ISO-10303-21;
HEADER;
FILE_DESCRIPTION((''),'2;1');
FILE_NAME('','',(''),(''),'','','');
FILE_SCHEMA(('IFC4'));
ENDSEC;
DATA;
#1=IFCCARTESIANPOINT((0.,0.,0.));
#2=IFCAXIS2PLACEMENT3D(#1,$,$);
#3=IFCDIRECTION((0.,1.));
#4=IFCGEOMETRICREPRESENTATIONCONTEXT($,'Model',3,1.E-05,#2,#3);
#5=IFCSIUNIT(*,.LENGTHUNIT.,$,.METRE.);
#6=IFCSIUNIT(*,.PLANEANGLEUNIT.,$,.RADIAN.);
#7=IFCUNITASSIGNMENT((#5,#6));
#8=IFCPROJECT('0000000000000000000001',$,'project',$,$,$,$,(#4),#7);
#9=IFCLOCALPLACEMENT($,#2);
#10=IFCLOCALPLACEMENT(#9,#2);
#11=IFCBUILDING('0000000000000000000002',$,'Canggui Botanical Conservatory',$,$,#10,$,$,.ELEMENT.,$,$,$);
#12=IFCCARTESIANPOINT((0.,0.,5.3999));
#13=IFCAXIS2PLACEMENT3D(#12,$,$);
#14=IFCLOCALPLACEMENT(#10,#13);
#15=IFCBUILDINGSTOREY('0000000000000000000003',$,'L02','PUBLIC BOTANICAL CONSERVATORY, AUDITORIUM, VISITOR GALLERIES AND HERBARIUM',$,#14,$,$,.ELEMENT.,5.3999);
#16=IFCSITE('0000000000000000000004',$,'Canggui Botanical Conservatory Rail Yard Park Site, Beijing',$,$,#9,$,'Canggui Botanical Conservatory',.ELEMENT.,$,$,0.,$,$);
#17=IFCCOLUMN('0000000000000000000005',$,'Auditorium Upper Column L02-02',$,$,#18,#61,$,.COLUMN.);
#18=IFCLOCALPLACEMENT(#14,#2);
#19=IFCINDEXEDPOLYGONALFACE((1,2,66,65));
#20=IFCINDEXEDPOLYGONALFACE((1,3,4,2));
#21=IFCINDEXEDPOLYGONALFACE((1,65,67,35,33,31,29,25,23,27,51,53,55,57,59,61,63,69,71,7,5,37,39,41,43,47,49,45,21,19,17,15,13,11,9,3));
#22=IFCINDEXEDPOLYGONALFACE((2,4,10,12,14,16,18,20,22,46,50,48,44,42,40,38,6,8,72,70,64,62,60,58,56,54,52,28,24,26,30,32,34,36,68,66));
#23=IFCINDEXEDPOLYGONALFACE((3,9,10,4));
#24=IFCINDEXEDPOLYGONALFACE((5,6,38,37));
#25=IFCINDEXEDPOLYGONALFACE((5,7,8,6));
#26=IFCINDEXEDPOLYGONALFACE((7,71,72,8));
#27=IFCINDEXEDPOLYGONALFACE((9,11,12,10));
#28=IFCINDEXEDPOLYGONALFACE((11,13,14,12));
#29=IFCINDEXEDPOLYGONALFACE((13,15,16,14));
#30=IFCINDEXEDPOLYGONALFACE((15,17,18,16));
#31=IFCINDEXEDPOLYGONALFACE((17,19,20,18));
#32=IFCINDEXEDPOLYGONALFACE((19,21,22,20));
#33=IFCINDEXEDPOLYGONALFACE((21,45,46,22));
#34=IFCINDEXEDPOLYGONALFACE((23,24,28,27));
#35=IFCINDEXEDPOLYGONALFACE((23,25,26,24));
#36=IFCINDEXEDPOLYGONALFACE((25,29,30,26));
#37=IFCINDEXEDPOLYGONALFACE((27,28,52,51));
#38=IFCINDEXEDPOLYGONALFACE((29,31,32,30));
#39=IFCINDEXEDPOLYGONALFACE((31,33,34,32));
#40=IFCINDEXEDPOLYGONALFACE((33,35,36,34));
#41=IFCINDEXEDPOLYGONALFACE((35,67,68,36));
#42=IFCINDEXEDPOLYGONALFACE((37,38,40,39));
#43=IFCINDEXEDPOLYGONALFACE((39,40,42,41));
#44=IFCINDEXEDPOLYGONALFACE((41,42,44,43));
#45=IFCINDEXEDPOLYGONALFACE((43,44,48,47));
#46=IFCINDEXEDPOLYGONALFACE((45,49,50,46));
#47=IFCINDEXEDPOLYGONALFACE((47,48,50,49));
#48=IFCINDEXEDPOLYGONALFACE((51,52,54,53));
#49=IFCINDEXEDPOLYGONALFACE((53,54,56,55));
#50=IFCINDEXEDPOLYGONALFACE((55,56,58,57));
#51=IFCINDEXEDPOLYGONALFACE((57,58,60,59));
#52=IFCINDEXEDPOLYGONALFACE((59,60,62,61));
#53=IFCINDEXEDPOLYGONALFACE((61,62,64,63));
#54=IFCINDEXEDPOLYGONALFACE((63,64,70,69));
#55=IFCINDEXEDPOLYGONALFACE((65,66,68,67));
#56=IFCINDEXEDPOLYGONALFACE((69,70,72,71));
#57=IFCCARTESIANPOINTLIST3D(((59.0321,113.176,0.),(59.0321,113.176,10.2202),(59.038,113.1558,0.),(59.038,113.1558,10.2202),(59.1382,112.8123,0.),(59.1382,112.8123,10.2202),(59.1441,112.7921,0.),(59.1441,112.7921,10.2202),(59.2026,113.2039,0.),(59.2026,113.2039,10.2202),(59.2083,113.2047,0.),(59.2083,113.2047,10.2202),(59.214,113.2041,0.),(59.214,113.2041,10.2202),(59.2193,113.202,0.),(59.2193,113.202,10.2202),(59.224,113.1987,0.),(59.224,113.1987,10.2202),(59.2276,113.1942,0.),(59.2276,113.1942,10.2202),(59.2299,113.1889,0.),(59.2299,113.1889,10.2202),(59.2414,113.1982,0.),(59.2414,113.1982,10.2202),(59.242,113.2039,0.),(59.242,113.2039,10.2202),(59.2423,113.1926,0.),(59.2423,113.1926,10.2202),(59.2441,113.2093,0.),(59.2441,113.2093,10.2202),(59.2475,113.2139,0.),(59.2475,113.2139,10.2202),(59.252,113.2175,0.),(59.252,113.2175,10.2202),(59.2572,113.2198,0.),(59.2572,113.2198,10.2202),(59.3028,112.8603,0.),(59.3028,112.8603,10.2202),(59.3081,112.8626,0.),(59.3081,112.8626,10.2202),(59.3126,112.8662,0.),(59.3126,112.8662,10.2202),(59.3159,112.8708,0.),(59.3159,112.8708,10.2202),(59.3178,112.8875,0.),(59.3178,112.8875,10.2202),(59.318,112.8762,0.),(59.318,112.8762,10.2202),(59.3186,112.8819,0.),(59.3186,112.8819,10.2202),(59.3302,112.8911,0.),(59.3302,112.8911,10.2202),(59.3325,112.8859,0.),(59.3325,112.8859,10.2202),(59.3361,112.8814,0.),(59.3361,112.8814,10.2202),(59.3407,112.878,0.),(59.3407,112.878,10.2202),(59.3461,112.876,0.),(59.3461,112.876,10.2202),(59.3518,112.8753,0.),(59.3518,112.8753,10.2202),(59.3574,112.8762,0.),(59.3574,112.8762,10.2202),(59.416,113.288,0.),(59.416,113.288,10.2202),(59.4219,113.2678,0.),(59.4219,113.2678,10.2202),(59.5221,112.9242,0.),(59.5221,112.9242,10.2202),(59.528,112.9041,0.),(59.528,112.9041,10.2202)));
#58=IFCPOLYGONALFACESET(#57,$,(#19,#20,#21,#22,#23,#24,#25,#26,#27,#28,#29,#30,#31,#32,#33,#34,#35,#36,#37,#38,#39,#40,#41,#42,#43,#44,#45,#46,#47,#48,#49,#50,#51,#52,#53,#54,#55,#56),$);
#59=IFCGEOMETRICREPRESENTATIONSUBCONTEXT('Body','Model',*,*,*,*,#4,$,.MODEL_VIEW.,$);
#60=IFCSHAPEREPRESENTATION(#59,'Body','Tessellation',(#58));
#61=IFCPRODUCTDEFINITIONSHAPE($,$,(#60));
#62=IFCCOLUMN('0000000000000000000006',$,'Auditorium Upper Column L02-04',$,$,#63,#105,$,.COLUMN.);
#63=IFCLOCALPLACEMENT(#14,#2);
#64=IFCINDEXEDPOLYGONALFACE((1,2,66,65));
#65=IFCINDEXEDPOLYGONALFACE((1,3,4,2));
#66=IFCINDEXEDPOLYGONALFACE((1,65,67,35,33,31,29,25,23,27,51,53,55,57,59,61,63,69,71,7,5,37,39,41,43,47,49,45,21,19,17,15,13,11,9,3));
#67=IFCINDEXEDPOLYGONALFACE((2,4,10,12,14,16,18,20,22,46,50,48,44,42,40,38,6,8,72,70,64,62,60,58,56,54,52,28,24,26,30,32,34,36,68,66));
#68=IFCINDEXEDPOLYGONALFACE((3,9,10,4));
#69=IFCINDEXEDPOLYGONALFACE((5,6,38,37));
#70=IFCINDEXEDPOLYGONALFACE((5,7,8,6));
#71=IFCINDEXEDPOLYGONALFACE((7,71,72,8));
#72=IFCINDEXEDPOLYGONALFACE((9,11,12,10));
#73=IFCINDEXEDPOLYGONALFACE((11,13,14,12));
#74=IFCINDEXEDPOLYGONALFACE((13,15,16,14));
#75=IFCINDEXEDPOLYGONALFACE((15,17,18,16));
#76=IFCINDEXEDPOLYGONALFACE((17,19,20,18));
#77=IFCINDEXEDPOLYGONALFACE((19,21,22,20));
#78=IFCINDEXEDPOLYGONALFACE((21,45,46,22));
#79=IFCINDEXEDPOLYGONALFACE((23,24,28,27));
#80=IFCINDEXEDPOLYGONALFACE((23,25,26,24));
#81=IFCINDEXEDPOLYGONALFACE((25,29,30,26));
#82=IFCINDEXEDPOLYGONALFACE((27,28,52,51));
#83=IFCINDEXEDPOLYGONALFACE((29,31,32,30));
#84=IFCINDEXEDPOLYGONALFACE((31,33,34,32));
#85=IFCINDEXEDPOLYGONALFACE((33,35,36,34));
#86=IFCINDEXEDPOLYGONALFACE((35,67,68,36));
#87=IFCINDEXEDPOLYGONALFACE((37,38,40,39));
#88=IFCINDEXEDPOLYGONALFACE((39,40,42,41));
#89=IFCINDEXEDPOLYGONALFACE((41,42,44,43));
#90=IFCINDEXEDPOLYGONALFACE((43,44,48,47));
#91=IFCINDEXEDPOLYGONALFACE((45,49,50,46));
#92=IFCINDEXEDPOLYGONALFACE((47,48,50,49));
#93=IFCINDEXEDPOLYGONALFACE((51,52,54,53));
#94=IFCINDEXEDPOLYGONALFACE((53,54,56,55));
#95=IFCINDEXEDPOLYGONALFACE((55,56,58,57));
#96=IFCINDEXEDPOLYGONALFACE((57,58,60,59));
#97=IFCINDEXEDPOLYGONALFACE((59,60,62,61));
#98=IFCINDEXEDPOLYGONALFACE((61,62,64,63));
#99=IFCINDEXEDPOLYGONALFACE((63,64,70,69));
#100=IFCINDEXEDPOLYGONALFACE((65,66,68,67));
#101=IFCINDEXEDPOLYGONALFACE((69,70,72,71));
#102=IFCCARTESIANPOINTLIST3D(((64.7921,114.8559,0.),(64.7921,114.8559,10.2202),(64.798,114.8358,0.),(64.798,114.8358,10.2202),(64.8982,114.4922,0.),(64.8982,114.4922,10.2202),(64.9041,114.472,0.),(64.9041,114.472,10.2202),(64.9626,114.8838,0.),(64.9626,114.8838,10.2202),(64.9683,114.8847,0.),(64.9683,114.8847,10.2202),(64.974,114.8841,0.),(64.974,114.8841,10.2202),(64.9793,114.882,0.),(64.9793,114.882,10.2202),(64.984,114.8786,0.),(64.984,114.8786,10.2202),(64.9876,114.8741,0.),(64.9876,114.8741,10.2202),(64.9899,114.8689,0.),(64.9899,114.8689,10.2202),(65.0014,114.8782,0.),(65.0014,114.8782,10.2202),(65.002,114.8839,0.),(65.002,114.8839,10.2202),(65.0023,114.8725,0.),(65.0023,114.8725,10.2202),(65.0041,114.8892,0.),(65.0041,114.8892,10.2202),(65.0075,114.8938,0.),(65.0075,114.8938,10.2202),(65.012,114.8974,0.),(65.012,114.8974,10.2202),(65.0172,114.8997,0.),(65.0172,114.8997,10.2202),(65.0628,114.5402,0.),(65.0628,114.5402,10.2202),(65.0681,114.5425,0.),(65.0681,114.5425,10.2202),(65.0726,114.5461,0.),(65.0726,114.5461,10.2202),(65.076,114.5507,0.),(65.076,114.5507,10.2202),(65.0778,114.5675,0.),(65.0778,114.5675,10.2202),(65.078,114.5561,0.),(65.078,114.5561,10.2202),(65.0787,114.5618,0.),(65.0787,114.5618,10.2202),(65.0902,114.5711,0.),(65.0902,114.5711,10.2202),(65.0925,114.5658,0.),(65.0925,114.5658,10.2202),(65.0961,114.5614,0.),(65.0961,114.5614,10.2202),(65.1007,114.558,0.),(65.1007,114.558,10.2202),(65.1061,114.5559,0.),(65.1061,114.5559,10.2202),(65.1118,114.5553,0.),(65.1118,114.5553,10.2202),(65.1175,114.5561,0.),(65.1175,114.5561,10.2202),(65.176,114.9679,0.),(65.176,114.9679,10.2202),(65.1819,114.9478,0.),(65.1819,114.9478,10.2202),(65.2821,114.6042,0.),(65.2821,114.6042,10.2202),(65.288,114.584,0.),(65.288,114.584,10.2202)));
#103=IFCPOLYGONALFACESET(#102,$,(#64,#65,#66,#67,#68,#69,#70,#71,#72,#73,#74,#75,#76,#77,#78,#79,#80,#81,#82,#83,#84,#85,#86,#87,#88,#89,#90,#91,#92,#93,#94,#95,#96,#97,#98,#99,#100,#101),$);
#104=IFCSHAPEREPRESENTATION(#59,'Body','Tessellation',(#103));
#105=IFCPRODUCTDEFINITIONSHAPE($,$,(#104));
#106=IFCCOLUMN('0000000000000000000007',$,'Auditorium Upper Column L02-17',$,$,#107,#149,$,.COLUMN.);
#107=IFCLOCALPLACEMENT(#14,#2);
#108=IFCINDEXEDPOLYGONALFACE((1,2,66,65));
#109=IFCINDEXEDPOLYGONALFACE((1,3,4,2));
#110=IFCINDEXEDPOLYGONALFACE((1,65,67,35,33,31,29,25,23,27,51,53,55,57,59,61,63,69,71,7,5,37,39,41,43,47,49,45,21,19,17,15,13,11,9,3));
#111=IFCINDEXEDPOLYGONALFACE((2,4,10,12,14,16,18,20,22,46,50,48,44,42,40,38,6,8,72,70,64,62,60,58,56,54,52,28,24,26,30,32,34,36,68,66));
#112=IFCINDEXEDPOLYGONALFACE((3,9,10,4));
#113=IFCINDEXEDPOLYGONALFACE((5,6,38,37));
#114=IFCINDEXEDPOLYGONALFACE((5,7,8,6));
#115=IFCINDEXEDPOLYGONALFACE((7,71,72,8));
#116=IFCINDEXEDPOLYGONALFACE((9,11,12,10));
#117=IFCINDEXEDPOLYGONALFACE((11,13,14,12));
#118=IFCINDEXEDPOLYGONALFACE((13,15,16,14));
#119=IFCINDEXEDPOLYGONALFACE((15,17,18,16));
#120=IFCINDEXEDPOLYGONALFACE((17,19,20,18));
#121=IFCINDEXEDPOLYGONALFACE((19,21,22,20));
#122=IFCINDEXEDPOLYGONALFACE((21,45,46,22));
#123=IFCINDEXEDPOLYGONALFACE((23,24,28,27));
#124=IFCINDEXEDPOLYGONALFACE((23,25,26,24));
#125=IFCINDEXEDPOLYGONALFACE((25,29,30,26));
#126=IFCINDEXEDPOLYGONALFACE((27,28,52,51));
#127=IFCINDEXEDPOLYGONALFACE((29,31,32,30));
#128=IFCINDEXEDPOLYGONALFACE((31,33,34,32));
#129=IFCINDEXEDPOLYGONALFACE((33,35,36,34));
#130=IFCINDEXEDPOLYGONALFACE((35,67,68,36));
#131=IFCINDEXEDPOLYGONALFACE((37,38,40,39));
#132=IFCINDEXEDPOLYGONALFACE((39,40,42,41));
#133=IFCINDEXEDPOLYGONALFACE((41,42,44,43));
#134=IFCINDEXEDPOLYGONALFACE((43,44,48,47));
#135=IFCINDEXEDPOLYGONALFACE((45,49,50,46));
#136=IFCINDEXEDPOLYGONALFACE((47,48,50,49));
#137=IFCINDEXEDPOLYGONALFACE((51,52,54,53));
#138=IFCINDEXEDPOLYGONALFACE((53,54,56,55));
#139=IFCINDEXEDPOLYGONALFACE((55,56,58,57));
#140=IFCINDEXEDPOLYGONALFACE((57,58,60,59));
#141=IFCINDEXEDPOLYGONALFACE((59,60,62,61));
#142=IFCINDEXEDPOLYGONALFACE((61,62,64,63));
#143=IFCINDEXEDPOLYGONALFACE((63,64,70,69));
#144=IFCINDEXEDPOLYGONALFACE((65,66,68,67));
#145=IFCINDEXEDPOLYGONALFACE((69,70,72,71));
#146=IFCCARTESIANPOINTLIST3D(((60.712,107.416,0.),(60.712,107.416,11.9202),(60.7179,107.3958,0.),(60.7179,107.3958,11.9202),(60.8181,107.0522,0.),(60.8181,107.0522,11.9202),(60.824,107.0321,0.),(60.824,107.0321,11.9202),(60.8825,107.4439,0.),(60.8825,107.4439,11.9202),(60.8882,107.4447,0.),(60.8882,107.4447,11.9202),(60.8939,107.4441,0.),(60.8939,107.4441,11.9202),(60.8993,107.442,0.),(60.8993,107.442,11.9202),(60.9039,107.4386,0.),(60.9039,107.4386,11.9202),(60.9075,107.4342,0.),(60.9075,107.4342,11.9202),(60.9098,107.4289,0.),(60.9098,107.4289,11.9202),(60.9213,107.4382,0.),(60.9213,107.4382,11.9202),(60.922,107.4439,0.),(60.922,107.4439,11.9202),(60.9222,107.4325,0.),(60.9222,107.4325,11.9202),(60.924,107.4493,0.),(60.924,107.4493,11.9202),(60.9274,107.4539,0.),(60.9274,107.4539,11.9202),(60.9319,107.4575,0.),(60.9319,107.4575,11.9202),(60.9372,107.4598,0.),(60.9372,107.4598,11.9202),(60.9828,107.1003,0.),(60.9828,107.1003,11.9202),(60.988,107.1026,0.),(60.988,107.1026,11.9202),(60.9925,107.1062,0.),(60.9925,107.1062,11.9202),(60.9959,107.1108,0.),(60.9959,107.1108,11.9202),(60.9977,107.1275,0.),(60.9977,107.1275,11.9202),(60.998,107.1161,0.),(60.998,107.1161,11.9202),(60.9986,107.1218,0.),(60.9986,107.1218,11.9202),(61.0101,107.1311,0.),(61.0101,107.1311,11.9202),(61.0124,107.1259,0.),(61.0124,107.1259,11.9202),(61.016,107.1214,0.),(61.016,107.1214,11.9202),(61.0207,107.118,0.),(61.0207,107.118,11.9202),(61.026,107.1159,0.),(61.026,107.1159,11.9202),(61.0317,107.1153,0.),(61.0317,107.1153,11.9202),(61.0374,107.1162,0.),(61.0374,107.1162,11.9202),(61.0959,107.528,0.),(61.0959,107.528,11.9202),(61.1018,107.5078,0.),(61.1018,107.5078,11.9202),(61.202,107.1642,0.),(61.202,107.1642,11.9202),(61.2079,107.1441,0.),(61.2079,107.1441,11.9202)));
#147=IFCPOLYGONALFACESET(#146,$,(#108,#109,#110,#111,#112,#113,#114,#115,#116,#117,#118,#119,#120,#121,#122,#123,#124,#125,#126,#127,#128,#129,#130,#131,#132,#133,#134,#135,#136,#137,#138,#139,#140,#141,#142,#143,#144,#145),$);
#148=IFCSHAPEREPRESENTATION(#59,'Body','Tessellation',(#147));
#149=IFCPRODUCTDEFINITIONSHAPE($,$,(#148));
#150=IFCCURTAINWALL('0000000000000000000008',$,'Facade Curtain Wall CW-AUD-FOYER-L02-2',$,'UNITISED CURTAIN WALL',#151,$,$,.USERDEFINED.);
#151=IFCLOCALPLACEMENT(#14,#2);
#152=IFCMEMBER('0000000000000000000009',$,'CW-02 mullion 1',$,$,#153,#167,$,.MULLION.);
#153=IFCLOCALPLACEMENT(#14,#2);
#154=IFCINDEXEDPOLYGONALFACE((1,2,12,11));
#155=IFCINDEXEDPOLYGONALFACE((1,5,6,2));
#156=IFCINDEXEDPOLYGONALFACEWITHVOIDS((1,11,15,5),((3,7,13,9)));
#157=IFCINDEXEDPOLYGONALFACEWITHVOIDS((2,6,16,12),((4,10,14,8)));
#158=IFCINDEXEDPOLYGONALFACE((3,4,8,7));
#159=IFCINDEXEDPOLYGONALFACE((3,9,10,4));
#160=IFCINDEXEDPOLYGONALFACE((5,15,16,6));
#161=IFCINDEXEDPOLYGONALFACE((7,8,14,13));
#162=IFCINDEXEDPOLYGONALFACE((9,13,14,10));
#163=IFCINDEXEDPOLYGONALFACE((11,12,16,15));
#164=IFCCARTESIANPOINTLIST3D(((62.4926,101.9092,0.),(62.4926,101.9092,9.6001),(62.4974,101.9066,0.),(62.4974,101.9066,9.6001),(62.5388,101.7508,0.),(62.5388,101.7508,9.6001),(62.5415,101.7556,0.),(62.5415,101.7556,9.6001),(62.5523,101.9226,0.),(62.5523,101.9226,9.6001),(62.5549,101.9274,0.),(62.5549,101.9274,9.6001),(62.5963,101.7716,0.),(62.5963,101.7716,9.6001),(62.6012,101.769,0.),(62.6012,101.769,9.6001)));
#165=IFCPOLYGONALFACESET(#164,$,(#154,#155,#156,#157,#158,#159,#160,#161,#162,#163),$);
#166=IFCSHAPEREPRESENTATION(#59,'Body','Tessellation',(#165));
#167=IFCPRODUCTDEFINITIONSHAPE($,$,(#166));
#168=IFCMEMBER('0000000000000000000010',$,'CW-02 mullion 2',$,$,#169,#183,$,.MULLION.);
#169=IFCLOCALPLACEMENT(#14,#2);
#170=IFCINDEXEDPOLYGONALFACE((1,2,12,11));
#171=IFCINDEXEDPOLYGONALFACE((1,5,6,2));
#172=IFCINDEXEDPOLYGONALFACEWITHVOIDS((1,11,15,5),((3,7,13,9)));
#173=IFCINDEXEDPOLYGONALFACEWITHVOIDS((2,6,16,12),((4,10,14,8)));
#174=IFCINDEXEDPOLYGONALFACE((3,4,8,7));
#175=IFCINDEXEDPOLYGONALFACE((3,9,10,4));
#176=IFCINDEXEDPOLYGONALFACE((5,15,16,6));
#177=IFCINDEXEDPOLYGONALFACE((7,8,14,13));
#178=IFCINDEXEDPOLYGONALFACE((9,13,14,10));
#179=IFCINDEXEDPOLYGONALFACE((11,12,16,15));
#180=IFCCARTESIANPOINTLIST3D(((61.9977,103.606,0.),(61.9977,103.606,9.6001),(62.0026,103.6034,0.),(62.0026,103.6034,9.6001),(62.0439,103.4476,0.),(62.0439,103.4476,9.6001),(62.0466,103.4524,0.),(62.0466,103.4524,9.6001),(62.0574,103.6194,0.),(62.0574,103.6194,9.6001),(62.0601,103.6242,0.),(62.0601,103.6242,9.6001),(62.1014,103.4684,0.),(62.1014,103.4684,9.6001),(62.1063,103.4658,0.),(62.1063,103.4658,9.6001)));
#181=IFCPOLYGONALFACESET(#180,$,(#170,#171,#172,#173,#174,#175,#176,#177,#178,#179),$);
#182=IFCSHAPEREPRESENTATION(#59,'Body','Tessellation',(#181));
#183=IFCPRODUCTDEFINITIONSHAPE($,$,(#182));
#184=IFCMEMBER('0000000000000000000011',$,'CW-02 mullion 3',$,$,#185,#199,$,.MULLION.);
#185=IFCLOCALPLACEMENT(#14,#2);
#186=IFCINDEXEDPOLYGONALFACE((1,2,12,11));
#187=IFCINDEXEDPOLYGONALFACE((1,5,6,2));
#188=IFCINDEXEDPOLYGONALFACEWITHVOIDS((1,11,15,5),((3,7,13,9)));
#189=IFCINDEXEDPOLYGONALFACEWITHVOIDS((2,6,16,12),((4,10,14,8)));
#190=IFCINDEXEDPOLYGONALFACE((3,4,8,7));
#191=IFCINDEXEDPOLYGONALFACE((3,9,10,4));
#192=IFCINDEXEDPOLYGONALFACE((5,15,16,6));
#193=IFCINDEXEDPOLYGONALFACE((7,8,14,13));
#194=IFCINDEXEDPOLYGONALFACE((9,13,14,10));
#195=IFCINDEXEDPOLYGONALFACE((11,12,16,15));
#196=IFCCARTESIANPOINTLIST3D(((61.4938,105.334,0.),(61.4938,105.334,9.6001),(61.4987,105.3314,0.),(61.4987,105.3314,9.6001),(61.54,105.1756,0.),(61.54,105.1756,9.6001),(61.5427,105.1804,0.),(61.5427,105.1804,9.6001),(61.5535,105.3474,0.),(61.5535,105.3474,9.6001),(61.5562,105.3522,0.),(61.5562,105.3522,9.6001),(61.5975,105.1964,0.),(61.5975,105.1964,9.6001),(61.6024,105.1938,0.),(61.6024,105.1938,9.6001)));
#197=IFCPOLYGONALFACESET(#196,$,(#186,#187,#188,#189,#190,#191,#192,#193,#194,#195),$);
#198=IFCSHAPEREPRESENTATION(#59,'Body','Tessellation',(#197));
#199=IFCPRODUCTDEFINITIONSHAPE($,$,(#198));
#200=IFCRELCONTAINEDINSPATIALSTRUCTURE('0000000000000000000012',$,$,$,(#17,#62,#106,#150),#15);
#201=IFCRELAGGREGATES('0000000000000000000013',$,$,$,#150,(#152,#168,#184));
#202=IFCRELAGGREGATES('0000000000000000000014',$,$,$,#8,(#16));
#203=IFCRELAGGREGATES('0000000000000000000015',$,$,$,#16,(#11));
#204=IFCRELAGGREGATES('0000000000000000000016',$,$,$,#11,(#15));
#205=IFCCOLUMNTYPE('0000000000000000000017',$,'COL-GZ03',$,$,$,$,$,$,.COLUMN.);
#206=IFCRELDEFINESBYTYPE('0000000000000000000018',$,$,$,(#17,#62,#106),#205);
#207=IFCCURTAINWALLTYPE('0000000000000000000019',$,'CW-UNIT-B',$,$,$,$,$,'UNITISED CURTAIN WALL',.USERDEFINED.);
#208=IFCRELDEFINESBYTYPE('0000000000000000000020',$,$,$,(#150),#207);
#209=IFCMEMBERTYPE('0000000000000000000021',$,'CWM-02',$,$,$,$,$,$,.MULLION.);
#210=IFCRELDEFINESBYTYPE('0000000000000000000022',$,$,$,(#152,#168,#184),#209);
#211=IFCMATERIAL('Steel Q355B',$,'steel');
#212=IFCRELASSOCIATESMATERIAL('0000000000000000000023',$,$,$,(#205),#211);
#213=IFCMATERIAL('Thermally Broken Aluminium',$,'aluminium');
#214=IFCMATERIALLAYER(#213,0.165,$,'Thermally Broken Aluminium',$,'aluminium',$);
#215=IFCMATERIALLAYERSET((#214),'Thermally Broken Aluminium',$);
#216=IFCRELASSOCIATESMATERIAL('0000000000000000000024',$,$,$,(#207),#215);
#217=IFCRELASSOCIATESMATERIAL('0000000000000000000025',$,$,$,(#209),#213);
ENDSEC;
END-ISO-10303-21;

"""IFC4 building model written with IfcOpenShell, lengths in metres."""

from ifc_helpers import new_model, si_unit, direction, frame, origin, origin_2d, place, context, subcontext, project, spatial, hollow_rectangle, i_section, extrude, material, layer, layer_set, material_profile, profile_set, type_object, element, aggregate, save


model = new_model("IFC4")

# Units and contexts
model_context = context("Model", 3, precision=1e-05, world=origin(), true_north=direction((0.0, 1.0)))
body_context = subcontext(model_context, "Body", "Model", "MODEL_VIEW")
ifc_project = project(units=[si_unit("LENGTHUNIT", "METRE"), si_unit("PLANEANGLEUNIT", "RADIAN")], contexts=[model_context])

# Site, building, storey
site_placement = place(None, origin())
site = spatial("IfcSite", under=ifc_project, at=site_placement, Name="Canggui Botanical Conservatory Rail Yard Park Site, Beijing", LongName="Canggui Botanical Conservatory", CompositionType="ELEMENT", RefElevation=0.0)
building_placement = place(site_placement, origin())
building = spatial("IfcBuilding", under=site, at=building_placement, Name="Canggui Botanical Conservatory", CompositionType="ELEMENT")
storey_placement = place(building_placement, frame((0.0, 0.0, 5.3999)))
storey = spatial("IfcBuildingStorey", under=building, at=storey_placement, Name="L02", Description="PUBLIC BOTANICAL CONSERVATORY, AUDITORIUM, VISITOR GALLERIES AND HERBARIUM", CompositionType="ELEMENT", Elevation=5.3999)

# Columns
ifc_material_1 = material(Name="Steel Q355B", Category="steel")
ifc_material_profile_1 = material_profile(ifc_material_1, i_section(OverallWidth=0.3999, OverallDepth=0.3999, WebThickness=0.0129, FlangeThickness=0.021, FilletRadius=0.022, at=origin_2d()), Name="HW 400x400x13x21")
ifc_profile_set_1 = profile_set([ifc_material_profile_1], Name="Steel Q355B")
column_type = type_object("IfcColumnType", Name="COL-GZ03", PredefinedType="COLUMN", material=ifc_profile_set_1)
for number, where, z_axis, x_axis, name in (
    (1, (59.28, 113.04, 0.0), (0.0, 0.0, 1.0), (0.96, 0.28, 0.0), "Auditorium Upper Column L02-02"),
    (2, (65.04, 114.72, 0.0), (0.0, 0.0, 1.0), (0.96, 0.28, 0.0), "Auditorium Upper Column L02-04"),
):
    element("IfcColumn", number, at=place(storey_placement, frame(where, z_axis=z_axis, x_axis=x_axis)), inside=storey, type_object=column_type, Name=name, PredefinedType="COLUMN", context=body_context, shape_type="SweptSolid", body=[
        extrude(i_section(OverallWidth=0.3999, OverallDepth=0.3999, WebThickness=0.0129, FlangeThickness=0.021, FilletRadius=0.022, at=origin_2d()), origin(), (0.0, 0.0, 1.0), 10.2202),
    ])
column_placement = place(storey_placement, frame((60.96, 107.28, 0.0), z_axis=(0.0, 0.0, 1.0), x_axis=(0.96, 0.28, 0.0)))
element("IfcColumn", 3, at=column_placement, inside=storey, type_object=column_type, Name="Auditorium Upper Column L02-17", PredefinedType="COLUMN", context=body_context, shape_type="SweptSolid", body=[
    extrude(i_section(OverallWidth=0.3999, OverallDepth=0.3999, WebThickness=0.0129, FlangeThickness=0.021, FilletRadius=0.022, at=origin_2d()), origin(), (0.0, 0.0, 1.0), 11.9202),
])

# Curtain wall, members
ifc_material_2 = material(Name="Thermally Broken Aluminium", Category="aluminium")
ifc_layer_1 = layer(ifc_material_2, 0.165, Name="Thermally Broken Aluminium", Category="aluminium")
ifc_layer_set_1 = layer_set([ifc_layer_1], Name="Thermally Broken Aluminium")
curtain_wall_type = type_object("IfcCurtainWallType", Name="CW-UNIT-B", ElementType="UNITISED CURTAIN WALL", PredefinedType="USERDEFINED", material=ifc_layer_set_1)
curtain_wall_placement = place(storey_placement, origin())
curtain_wall = element("IfcCurtainWall", 4, at=curtain_wall_placement, inside=storey, type_object=curtain_wall_type, Name="Facade Curtain Wall CW-AUD-FOYER-L02-2", ObjectType="UNITISED CURTAIN WALL", PredefinedType="USERDEFINED")
ifc_material_profile_2 = material_profile(ifc_material_2, hollow_rectangle(XDim=0.0649, YDim=0.165, WallThickness=0.0039, at=origin_2d()), Name="CWM 65x165x4")
ifc_profile_set_2 = profile_set([ifc_material_profile_2], Name="Thermally Broken Aluminium")
member_type_1 = type_object("IfcMemberType", Name="CWM-02", PredefinedType="MULLION", material=ifc_profile_set_2)
member_1_placement = place(storey_placement, frame((62.5469, 101.8391, 0.0), z_axis=(0.0, 0.0, 1.0), x_axis=(-0.96, -0.28, 0.0)))
member_1 = element("IfcMember", 5, at=member_1_placement, type_object=member_type_1, Name="CW-02 mullion 1", PredefinedType="MULLION", context=body_context, shape_type="SweptSolid", body=[
    extrude(hollow_rectangle(XDim=0.0649, YDim=0.165, WallThickness=0.0039, at=origin_2d()), origin(), (0.0, 0.0, 1.0), 9.6001),
])
member_2_placement = place(storey_placement, frame((62.052, 103.5359, 0.0), z_axis=(0.0, 0.0, 1.0), x_axis=(-0.96, -0.28, 0.0)))
member_2 = element("IfcMember", 6, at=member_2_placement, type_object=member_type_1, Name="CW-02 mullion 2", PredefinedType="MULLION", context=body_context, shape_type="SweptSolid", body=[
    extrude(hollow_rectangle(XDim=0.0649, YDim=0.165, WallThickness=0.0039, at=origin_2d()), origin(), (0.0, 0.0, 1.0), 9.6001),
])
member_3_placement = place(storey_placement, frame((61.5481, 105.2639, 0.0), z_axis=(0.0, 0.0, 1.0), x_axis=(-0.96, -0.28, 0.0)))
member_3 = element("IfcMember", 7, at=member_3_placement, type_object=member_type_1, Name="CW-02 mullion 3", PredefinedType="MULLION", context=body_context, shape_type="SweptSolid", body=[
    extrude(hollow_rectangle(XDim=0.0649, YDim=0.165, WallThickness=0.0039, at=origin_2d()), origin(), (0.0, 0.0, 1.0), 9.6001),
])
aggregate(curtain_wall, [member_1, member_2, member_3])

save(model, "model.ifc")
